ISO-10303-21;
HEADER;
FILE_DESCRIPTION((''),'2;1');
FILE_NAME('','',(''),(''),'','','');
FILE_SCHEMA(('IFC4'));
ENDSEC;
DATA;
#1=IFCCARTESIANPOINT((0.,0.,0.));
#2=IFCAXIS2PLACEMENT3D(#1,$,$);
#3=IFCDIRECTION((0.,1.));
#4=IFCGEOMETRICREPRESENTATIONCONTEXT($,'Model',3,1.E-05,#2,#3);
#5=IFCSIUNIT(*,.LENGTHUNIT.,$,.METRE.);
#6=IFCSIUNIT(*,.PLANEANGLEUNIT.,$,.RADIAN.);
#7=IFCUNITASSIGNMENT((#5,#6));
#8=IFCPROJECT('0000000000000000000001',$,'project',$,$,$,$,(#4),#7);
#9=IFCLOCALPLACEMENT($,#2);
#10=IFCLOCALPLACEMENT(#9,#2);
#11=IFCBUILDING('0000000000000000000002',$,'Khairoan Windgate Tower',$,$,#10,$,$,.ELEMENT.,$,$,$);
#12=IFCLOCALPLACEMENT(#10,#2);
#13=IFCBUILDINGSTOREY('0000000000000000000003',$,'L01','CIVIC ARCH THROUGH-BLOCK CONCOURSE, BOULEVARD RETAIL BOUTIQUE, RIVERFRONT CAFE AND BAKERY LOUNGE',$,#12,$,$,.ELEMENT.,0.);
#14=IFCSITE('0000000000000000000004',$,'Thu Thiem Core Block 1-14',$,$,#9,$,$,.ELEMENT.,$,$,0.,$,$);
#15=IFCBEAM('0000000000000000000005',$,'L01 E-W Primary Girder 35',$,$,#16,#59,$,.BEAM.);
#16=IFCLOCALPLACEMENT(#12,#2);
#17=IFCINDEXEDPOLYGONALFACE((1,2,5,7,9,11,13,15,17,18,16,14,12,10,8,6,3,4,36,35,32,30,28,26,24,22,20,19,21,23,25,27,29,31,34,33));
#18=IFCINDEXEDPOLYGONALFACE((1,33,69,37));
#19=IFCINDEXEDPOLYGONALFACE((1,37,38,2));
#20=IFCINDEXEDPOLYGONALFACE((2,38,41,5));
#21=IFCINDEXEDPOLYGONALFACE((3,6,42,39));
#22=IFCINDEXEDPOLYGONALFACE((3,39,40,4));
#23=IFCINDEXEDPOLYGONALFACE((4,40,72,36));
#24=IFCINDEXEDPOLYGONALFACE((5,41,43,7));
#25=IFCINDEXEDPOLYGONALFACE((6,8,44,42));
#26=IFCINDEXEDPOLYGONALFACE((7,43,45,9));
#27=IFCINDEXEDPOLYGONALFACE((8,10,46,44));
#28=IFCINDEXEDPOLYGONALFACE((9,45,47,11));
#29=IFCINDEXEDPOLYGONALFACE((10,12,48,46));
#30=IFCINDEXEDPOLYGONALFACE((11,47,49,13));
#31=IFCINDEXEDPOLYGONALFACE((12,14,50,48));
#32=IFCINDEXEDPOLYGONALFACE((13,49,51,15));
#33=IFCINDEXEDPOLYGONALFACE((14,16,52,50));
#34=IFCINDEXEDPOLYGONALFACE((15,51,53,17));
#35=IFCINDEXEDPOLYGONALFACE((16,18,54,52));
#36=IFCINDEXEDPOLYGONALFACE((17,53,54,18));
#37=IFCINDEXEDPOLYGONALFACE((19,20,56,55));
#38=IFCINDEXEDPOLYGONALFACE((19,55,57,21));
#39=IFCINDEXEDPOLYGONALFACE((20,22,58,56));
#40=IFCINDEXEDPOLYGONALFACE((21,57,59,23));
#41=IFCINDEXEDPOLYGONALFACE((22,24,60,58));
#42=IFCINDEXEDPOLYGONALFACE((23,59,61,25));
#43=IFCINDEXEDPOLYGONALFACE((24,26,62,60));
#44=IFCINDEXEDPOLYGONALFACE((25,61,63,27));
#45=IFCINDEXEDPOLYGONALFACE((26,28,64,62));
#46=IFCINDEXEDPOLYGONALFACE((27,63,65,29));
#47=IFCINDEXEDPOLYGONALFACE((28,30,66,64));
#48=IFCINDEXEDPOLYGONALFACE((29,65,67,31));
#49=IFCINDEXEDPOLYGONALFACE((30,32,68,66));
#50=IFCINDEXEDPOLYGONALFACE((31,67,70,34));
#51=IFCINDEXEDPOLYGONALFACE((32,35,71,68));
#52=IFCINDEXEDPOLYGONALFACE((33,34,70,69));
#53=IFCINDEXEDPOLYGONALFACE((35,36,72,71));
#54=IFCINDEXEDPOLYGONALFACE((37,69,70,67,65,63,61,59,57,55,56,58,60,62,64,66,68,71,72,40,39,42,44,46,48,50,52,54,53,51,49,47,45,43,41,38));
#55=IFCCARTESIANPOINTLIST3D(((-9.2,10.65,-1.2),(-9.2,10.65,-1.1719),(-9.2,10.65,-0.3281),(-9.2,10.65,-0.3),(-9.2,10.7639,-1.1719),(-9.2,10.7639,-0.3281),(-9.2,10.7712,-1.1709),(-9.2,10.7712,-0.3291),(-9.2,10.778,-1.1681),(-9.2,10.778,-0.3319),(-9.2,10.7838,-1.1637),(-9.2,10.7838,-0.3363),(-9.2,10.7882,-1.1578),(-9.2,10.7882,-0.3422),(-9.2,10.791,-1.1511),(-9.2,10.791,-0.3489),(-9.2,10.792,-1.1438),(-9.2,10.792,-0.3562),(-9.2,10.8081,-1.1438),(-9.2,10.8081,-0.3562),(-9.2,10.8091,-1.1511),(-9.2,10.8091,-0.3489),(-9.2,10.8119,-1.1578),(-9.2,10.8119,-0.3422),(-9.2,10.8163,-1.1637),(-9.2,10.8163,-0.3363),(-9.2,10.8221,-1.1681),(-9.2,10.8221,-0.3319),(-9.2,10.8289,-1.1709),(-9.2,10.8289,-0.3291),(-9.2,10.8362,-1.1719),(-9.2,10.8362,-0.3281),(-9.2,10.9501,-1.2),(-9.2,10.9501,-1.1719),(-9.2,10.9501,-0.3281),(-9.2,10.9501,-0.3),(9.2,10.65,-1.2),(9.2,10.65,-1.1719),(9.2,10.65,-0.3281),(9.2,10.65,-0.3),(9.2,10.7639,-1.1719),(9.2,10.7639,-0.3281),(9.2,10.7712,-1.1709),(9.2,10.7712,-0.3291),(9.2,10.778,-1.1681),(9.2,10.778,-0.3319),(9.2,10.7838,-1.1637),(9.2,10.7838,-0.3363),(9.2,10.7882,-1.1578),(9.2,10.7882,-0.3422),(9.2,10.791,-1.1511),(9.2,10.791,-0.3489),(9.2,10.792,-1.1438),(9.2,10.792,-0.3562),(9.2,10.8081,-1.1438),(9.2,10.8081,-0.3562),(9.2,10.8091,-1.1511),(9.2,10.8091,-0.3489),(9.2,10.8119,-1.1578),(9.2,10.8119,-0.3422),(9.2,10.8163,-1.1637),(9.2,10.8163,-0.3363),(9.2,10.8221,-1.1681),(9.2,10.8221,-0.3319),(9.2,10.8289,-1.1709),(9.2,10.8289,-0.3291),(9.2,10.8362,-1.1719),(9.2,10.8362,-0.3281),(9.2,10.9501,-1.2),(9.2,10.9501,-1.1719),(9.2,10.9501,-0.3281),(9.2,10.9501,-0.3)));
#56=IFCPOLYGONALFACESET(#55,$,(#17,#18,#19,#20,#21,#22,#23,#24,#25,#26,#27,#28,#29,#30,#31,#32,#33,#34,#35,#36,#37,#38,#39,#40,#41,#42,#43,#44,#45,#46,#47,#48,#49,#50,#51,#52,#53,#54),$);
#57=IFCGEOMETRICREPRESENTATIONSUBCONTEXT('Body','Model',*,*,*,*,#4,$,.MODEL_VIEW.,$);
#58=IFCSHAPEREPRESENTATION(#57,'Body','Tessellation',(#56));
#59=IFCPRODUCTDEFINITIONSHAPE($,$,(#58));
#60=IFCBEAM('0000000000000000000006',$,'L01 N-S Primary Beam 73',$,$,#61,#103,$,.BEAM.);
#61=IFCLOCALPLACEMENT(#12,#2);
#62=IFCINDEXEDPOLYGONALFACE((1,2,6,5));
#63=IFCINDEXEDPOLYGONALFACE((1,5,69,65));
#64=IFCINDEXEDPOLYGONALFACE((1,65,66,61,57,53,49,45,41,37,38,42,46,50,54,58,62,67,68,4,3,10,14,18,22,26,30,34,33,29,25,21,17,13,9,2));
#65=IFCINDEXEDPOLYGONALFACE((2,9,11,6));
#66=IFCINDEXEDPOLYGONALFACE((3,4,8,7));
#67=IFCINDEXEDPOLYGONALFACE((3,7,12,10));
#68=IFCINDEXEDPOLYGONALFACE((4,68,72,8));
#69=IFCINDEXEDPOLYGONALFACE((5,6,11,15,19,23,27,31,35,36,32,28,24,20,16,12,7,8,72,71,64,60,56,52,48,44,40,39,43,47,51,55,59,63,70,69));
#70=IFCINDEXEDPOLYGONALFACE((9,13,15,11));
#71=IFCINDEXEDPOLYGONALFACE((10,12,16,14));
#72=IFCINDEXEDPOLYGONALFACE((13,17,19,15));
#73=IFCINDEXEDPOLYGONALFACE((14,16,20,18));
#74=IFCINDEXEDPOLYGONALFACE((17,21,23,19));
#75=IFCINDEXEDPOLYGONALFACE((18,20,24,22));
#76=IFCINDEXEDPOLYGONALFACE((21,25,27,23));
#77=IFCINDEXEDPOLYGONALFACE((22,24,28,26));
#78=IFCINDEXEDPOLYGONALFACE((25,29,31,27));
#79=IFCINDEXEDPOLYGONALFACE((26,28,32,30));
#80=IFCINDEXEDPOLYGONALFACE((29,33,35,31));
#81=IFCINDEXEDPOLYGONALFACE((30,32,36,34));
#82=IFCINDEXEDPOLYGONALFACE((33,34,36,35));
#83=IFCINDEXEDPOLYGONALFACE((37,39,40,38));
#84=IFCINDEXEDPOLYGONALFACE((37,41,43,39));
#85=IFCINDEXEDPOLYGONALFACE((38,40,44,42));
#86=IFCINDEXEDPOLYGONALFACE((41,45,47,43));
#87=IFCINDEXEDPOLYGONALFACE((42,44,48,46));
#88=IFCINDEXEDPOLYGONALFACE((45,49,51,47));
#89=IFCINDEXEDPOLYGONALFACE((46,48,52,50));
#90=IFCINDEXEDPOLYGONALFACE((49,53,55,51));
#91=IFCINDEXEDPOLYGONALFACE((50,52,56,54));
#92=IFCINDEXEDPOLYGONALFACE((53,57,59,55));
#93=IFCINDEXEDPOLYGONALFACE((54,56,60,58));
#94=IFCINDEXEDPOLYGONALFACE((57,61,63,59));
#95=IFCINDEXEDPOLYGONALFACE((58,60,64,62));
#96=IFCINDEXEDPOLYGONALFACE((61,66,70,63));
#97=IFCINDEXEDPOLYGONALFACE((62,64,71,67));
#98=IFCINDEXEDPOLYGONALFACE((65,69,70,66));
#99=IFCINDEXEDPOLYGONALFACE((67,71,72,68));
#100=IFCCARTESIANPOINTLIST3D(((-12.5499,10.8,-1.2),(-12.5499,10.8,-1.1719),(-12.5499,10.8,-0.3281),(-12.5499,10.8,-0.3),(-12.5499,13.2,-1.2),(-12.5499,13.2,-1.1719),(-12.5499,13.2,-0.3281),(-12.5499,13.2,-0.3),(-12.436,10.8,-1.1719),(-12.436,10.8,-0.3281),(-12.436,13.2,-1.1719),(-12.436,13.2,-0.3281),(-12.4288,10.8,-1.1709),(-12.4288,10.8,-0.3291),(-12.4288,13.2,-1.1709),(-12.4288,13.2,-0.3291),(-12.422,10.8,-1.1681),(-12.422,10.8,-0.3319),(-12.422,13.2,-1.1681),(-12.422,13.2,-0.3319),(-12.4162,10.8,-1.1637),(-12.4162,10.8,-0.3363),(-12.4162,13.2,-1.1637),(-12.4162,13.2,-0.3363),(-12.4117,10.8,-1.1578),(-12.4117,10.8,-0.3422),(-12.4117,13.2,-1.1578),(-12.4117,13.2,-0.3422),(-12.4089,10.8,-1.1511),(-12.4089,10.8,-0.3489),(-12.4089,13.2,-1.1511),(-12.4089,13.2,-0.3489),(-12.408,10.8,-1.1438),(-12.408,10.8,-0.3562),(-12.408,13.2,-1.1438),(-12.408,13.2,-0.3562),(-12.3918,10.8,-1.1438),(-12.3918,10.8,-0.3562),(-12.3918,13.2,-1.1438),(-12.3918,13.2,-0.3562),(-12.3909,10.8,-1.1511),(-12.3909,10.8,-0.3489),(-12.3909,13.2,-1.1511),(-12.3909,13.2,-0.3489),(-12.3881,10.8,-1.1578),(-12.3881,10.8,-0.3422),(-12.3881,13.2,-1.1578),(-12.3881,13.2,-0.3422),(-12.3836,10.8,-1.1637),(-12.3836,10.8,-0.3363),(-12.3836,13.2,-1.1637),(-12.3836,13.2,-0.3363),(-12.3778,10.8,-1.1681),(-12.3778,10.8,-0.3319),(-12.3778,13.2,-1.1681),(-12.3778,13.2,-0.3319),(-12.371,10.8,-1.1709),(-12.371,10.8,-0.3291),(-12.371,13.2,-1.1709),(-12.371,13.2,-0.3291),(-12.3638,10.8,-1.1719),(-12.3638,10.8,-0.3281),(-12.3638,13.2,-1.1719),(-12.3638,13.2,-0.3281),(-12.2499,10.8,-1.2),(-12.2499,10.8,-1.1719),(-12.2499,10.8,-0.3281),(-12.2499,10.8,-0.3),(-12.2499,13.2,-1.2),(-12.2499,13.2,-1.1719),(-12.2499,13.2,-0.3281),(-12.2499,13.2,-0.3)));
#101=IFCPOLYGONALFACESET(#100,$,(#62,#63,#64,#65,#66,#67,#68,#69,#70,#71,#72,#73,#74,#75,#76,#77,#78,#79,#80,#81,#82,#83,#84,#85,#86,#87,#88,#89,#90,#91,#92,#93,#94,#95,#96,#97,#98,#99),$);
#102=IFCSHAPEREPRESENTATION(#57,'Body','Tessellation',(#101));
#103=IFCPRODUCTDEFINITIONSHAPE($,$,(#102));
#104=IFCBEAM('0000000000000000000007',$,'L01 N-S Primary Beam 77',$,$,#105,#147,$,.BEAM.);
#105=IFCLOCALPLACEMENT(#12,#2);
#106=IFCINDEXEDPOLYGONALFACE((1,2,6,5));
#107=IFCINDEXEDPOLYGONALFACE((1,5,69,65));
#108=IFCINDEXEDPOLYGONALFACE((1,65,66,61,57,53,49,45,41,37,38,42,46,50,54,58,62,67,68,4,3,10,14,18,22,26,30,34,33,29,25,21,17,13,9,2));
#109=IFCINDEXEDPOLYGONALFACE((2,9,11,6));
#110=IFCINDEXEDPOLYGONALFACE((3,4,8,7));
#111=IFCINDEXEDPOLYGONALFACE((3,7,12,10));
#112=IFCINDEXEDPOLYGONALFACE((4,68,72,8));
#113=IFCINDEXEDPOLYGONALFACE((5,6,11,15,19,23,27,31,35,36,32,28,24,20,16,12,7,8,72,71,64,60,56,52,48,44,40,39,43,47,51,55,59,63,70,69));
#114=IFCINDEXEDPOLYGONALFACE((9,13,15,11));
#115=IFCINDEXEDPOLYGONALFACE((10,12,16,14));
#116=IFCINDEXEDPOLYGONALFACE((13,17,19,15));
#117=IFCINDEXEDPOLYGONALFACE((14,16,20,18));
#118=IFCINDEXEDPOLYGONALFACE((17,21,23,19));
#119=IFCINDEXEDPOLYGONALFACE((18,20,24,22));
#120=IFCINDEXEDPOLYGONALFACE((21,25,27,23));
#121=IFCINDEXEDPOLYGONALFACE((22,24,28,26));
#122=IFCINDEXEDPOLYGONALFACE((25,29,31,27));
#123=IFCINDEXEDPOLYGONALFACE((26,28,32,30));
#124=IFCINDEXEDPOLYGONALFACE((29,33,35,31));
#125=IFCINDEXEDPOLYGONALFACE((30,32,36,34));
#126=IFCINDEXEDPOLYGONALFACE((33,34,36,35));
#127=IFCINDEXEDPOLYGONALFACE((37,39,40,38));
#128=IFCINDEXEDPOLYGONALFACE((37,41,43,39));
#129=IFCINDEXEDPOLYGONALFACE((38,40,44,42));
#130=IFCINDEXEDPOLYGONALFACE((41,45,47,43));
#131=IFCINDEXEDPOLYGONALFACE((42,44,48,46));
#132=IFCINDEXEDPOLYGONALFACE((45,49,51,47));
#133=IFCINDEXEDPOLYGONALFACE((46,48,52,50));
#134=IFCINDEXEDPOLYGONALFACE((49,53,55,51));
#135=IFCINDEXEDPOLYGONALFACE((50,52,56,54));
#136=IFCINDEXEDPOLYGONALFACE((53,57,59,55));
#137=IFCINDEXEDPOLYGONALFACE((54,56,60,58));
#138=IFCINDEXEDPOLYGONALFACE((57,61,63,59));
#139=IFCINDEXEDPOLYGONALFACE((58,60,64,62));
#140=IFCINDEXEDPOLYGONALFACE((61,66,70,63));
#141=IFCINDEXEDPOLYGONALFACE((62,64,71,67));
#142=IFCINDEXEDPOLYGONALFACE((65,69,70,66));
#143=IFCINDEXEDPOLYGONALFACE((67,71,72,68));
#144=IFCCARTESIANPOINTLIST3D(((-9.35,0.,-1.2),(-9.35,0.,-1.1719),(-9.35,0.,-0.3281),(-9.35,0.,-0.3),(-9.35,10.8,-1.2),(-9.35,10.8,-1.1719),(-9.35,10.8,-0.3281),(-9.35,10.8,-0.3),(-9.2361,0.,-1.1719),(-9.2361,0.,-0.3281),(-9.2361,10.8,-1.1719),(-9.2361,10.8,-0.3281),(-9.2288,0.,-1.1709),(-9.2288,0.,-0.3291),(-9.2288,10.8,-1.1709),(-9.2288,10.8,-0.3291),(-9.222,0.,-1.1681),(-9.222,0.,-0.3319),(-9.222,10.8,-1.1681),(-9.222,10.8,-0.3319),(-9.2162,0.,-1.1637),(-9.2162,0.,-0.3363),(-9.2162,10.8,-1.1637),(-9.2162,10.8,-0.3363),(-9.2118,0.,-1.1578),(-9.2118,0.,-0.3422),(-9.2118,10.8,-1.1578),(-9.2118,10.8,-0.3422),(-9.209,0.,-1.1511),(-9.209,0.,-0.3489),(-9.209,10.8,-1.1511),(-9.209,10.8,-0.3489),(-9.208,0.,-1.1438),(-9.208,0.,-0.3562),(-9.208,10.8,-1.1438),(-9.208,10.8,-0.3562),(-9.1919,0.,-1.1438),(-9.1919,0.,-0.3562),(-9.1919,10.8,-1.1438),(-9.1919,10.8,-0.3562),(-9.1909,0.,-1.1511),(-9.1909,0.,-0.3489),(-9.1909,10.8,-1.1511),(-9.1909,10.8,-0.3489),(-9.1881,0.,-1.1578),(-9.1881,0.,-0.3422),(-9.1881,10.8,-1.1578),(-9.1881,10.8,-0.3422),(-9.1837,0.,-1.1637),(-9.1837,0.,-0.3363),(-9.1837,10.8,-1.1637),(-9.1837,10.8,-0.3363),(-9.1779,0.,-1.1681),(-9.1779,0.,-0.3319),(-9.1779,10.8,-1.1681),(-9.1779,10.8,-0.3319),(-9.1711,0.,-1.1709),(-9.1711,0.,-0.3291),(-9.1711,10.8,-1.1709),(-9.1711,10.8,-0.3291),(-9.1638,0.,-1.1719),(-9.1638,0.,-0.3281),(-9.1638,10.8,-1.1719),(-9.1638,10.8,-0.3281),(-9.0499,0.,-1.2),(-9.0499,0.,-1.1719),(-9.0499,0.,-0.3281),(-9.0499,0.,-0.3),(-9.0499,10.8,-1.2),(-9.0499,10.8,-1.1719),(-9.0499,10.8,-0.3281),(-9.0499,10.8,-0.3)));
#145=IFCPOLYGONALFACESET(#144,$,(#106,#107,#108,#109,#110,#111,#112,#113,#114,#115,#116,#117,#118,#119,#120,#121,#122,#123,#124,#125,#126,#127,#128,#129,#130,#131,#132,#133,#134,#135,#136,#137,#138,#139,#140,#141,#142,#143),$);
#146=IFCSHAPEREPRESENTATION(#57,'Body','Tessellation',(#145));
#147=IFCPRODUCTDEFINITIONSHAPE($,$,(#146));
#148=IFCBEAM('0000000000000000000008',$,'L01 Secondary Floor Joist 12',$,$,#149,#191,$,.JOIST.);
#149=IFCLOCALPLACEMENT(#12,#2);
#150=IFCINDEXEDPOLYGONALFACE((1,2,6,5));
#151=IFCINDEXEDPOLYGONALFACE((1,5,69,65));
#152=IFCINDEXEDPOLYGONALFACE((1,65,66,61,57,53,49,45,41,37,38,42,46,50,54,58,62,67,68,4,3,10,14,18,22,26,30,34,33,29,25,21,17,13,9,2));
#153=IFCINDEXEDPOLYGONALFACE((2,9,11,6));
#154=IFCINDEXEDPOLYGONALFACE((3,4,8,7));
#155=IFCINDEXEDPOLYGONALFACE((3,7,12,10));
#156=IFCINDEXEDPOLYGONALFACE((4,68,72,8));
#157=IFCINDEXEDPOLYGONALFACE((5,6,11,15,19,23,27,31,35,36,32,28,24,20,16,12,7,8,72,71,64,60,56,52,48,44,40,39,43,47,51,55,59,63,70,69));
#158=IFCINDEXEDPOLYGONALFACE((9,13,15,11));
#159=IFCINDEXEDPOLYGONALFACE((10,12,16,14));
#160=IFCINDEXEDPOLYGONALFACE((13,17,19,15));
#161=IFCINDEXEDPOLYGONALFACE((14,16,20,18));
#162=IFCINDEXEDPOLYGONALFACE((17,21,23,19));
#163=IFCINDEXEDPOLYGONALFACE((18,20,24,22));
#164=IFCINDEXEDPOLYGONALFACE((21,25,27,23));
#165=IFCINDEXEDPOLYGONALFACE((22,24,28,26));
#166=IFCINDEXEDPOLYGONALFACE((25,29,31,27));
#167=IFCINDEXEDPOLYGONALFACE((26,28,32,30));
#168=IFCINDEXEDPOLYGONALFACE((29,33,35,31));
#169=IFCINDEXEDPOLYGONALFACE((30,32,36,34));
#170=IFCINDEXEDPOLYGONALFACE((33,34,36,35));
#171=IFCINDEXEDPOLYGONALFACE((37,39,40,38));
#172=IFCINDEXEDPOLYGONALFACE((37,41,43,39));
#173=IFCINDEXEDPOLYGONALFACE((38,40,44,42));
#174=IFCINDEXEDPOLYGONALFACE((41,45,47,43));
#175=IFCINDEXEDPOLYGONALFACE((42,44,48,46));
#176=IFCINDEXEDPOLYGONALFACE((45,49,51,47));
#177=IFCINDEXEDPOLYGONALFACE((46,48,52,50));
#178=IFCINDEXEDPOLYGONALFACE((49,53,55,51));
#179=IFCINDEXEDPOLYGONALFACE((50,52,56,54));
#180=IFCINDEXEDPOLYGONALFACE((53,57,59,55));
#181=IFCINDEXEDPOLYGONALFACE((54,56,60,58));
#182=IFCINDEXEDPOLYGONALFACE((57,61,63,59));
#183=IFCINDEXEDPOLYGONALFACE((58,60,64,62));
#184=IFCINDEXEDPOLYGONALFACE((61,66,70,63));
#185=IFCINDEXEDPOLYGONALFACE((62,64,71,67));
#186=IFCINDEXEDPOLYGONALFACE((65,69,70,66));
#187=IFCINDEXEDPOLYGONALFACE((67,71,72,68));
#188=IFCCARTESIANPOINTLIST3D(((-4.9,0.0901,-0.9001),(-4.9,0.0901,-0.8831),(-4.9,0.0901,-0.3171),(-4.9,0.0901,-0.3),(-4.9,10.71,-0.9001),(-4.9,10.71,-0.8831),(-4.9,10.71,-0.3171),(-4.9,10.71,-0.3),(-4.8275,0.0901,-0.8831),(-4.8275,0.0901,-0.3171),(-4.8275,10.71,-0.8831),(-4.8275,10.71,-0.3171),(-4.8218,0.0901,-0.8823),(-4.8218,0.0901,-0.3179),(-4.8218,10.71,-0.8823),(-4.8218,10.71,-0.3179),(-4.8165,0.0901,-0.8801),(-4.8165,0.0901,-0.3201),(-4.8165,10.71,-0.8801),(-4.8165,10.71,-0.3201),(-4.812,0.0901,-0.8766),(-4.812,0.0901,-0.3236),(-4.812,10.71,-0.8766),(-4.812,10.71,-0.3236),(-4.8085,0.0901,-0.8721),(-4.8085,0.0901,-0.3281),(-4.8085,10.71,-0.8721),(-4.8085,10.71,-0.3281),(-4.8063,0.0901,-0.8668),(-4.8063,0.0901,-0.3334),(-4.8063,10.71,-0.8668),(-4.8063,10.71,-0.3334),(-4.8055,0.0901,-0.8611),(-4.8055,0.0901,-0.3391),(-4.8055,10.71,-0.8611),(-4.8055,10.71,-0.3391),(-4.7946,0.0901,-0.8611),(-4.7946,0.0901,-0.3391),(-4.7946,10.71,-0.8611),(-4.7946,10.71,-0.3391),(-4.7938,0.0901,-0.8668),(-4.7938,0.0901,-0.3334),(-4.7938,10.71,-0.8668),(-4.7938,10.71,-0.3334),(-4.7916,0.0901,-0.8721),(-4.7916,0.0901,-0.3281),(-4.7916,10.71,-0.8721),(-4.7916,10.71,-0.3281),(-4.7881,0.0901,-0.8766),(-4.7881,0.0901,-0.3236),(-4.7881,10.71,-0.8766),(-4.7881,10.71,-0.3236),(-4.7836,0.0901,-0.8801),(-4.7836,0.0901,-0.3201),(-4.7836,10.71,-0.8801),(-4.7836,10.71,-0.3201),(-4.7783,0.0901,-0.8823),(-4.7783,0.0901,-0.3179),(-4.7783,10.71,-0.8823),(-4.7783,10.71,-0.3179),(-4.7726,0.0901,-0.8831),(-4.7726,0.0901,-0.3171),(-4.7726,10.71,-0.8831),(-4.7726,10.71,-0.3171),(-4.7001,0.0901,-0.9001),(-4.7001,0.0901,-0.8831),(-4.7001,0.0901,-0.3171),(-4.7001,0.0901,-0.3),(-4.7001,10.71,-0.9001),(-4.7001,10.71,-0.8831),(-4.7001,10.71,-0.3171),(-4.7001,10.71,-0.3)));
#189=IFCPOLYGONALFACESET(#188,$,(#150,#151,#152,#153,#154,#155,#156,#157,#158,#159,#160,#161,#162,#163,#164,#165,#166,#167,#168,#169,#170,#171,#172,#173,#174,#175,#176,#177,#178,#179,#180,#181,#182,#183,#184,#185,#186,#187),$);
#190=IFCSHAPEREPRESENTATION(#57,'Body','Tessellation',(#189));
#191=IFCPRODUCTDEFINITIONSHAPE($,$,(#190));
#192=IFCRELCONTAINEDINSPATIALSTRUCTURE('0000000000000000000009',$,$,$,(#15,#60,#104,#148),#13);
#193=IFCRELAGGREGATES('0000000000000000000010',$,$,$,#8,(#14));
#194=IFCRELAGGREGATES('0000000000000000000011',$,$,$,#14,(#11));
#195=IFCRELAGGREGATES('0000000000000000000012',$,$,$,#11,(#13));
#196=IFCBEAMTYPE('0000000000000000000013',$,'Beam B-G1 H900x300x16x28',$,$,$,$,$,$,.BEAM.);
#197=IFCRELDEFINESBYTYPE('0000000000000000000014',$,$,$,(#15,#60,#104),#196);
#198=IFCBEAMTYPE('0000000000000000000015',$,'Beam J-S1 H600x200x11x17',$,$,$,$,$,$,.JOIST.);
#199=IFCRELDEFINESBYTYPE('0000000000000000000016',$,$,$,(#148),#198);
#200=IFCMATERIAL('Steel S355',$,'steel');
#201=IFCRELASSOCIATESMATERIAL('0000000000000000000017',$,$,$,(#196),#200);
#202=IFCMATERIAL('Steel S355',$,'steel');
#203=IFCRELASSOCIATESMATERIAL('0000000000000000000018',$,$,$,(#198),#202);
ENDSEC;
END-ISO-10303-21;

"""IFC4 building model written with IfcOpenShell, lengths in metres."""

from ifc_helpers import new_model, si_unit, direction, frame, origin, origin_2d, place, context, subcontext, project, spatial, i_section, extrude, material, material_profile, profile_set, type_object, element, save


model = new_model("IFC4")

# Units and contexts
model_context = context("Model", 3, precision=1e-05, world=origin(), true_north=direction((0.0, 1.0)))
body_context = subcontext(model_context, "Body", "Model", "MODEL_VIEW")
ifc_project = project(units=[si_unit("LENGTHUNIT", "METRE"), si_unit("PLANEANGLEUNIT", "RADIAN")], contexts=[model_context])

# Site, building, storey
site_placement = place(None, origin())
site = spatial("IfcSite", under=ifc_project, at=site_placement, Name="Thu Thiem Core Block 1-14", CompositionType="ELEMENT", RefElevation=0.0)
building_placement = place(site_placement, origin())
building = spatial("IfcBuilding", under=site, at=building_placement, Name="Khairoan Windgate Tower", CompositionType="ELEMENT")
storey_placement = place(building_placement, origin())
storey = spatial("IfcBuildingStorey", under=building, at=storey_placement, Name="L01", Description="CIVIC ARCH THROUGH-BLOCK CONCOURSE, BOULEVARD RETAIL BOUTIQUE, RIVERFRONT CAFE AND BAKERY LOUNGE", CompositionType="ELEMENT", Elevation=0.0)

# Beams
ifc_material_1 = material(Name="Steel S355", Category="steel")
ifc_material_profile_1 = material_profile(ifc_material_1, i_section(OverallWidth=0.3, OverallDepth=0.8999, WebThickness=0.0161, FlangeThickness=0.0281, FilletRadius=0.0281, at=origin_2d()))
ifc_profile_set_1 = profile_set([ifc_material_profile_1], Name="Steel S355")
beam_type_1 = type_object("IfcBeamType", Name="Beam B-G1 H900x300x16x28", PredefinedType="BEAM", material=ifc_profile_set_1)
beam_1_placement = place(storey_placement, frame((-9.2, 10.8, -0.75), z_axis=(1.0, 0.0, 0.0), x_axis=(0.0, 1.0, 0.0)))
element("IfcBeam", 1, at=beam_1_placement, inside=storey, type_object=beam_type_1, Name="L01 E-W Primary Girder 35", PredefinedType="BEAM", context=body_context, shape_type="SweptSolid", body=[
    extrude(i_section(OverallWidth=0.3, OverallDepth=0.8999, WebThickness=0.0161, FlangeThickness=0.0281, FilletRadius=0.0281, at=origin_2d()), origin(), (0.0, 0.0, 1.0), 18.3999),
])
beam_2_placement = place(storey_placement, frame((-12.3999, 10.8, -0.75), z_axis=(0.0, 1.0, 0.0), x_axis=(-1.0, 0.0, 0.0)))
element("IfcBeam", 2, at=beam_2_placement, inside=storey, type_object=beam_type_1, Name="L01 N-S Primary Beam 73", PredefinedType="BEAM", context=body_context, shape_type="SweptSolid", body=[
    extrude(i_section(OverallWidth=0.3, OverallDepth=0.8999, WebThickness=0.0161, FlangeThickness=0.0281, FilletRadius=0.0281, at=origin_2d()), origin(), (0.0, 0.0, 1.0), 2.3999),
])
beam_3_placement = place(storey_placement, frame((-9.2, 0.0, -0.75), z_axis=(0.0, 1.0, 0.0), x_axis=(-1.0, 0.0, 0.0)))
element("IfcBeam", 3, at=beam_3_placement, inside=storey, type_object=beam_type_1, Name="L01 N-S Primary Beam 77", PredefinedType="BEAM", context=body_context, shape_type="SweptSolid", body=[
    extrude(i_section(OverallWidth=0.3, OverallDepth=0.8999, WebThickness=0.0161, FlangeThickness=0.0281, FilletRadius=0.0281, at=origin_2d()), origin(), (0.0, 0.0, 1.0), 10.8),
])
ifc_material_2 = material(Name="Steel S355", Category="steel")
ifc_material_profile_2 = material_profile(ifc_material_2, i_section(OverallWidth=0.2, OverallDepth=0.6001, WebThickness=0.011, FlangeThickness=0.0171, FilletRadius=0.022, at=origin_2d()))
ifc_profile_set_2 = profile_set([ifc_material_profile_2], Name="Steel S355")
beam_type_2 = type_object("IfcBeamType", Name="Beam J-S1 H600x200x11x17", PredefinedType="JOIST", material=ifc_profile_set_2)
beam_4_placement = place(storey_placement, frame((-4.8, 0.0901, -0.6001), z_axis=(0.0, 1.0, 0.0), x_axis=(-1.0, 0.0, 0.0)))
element("IfcBeam", 4, at=beam_4_placement, inside=storey, type_object=beam_type_2, Name="L01 Secondary Floor Joist 12", PredefinedType="JOIST", context=body_context, shape_type="SweptSolid", body=[
    extrude(i_section(OverallWidth=0.2, OverallDepth=0.6001, WebThickness=0.011, FlangeThickness=0.0171, FilletRadius=0.022, at=origin_2d()), origin(), (0.0, 0.0, 1.0), 10.6199),
])

save(model, "model.ifc")
